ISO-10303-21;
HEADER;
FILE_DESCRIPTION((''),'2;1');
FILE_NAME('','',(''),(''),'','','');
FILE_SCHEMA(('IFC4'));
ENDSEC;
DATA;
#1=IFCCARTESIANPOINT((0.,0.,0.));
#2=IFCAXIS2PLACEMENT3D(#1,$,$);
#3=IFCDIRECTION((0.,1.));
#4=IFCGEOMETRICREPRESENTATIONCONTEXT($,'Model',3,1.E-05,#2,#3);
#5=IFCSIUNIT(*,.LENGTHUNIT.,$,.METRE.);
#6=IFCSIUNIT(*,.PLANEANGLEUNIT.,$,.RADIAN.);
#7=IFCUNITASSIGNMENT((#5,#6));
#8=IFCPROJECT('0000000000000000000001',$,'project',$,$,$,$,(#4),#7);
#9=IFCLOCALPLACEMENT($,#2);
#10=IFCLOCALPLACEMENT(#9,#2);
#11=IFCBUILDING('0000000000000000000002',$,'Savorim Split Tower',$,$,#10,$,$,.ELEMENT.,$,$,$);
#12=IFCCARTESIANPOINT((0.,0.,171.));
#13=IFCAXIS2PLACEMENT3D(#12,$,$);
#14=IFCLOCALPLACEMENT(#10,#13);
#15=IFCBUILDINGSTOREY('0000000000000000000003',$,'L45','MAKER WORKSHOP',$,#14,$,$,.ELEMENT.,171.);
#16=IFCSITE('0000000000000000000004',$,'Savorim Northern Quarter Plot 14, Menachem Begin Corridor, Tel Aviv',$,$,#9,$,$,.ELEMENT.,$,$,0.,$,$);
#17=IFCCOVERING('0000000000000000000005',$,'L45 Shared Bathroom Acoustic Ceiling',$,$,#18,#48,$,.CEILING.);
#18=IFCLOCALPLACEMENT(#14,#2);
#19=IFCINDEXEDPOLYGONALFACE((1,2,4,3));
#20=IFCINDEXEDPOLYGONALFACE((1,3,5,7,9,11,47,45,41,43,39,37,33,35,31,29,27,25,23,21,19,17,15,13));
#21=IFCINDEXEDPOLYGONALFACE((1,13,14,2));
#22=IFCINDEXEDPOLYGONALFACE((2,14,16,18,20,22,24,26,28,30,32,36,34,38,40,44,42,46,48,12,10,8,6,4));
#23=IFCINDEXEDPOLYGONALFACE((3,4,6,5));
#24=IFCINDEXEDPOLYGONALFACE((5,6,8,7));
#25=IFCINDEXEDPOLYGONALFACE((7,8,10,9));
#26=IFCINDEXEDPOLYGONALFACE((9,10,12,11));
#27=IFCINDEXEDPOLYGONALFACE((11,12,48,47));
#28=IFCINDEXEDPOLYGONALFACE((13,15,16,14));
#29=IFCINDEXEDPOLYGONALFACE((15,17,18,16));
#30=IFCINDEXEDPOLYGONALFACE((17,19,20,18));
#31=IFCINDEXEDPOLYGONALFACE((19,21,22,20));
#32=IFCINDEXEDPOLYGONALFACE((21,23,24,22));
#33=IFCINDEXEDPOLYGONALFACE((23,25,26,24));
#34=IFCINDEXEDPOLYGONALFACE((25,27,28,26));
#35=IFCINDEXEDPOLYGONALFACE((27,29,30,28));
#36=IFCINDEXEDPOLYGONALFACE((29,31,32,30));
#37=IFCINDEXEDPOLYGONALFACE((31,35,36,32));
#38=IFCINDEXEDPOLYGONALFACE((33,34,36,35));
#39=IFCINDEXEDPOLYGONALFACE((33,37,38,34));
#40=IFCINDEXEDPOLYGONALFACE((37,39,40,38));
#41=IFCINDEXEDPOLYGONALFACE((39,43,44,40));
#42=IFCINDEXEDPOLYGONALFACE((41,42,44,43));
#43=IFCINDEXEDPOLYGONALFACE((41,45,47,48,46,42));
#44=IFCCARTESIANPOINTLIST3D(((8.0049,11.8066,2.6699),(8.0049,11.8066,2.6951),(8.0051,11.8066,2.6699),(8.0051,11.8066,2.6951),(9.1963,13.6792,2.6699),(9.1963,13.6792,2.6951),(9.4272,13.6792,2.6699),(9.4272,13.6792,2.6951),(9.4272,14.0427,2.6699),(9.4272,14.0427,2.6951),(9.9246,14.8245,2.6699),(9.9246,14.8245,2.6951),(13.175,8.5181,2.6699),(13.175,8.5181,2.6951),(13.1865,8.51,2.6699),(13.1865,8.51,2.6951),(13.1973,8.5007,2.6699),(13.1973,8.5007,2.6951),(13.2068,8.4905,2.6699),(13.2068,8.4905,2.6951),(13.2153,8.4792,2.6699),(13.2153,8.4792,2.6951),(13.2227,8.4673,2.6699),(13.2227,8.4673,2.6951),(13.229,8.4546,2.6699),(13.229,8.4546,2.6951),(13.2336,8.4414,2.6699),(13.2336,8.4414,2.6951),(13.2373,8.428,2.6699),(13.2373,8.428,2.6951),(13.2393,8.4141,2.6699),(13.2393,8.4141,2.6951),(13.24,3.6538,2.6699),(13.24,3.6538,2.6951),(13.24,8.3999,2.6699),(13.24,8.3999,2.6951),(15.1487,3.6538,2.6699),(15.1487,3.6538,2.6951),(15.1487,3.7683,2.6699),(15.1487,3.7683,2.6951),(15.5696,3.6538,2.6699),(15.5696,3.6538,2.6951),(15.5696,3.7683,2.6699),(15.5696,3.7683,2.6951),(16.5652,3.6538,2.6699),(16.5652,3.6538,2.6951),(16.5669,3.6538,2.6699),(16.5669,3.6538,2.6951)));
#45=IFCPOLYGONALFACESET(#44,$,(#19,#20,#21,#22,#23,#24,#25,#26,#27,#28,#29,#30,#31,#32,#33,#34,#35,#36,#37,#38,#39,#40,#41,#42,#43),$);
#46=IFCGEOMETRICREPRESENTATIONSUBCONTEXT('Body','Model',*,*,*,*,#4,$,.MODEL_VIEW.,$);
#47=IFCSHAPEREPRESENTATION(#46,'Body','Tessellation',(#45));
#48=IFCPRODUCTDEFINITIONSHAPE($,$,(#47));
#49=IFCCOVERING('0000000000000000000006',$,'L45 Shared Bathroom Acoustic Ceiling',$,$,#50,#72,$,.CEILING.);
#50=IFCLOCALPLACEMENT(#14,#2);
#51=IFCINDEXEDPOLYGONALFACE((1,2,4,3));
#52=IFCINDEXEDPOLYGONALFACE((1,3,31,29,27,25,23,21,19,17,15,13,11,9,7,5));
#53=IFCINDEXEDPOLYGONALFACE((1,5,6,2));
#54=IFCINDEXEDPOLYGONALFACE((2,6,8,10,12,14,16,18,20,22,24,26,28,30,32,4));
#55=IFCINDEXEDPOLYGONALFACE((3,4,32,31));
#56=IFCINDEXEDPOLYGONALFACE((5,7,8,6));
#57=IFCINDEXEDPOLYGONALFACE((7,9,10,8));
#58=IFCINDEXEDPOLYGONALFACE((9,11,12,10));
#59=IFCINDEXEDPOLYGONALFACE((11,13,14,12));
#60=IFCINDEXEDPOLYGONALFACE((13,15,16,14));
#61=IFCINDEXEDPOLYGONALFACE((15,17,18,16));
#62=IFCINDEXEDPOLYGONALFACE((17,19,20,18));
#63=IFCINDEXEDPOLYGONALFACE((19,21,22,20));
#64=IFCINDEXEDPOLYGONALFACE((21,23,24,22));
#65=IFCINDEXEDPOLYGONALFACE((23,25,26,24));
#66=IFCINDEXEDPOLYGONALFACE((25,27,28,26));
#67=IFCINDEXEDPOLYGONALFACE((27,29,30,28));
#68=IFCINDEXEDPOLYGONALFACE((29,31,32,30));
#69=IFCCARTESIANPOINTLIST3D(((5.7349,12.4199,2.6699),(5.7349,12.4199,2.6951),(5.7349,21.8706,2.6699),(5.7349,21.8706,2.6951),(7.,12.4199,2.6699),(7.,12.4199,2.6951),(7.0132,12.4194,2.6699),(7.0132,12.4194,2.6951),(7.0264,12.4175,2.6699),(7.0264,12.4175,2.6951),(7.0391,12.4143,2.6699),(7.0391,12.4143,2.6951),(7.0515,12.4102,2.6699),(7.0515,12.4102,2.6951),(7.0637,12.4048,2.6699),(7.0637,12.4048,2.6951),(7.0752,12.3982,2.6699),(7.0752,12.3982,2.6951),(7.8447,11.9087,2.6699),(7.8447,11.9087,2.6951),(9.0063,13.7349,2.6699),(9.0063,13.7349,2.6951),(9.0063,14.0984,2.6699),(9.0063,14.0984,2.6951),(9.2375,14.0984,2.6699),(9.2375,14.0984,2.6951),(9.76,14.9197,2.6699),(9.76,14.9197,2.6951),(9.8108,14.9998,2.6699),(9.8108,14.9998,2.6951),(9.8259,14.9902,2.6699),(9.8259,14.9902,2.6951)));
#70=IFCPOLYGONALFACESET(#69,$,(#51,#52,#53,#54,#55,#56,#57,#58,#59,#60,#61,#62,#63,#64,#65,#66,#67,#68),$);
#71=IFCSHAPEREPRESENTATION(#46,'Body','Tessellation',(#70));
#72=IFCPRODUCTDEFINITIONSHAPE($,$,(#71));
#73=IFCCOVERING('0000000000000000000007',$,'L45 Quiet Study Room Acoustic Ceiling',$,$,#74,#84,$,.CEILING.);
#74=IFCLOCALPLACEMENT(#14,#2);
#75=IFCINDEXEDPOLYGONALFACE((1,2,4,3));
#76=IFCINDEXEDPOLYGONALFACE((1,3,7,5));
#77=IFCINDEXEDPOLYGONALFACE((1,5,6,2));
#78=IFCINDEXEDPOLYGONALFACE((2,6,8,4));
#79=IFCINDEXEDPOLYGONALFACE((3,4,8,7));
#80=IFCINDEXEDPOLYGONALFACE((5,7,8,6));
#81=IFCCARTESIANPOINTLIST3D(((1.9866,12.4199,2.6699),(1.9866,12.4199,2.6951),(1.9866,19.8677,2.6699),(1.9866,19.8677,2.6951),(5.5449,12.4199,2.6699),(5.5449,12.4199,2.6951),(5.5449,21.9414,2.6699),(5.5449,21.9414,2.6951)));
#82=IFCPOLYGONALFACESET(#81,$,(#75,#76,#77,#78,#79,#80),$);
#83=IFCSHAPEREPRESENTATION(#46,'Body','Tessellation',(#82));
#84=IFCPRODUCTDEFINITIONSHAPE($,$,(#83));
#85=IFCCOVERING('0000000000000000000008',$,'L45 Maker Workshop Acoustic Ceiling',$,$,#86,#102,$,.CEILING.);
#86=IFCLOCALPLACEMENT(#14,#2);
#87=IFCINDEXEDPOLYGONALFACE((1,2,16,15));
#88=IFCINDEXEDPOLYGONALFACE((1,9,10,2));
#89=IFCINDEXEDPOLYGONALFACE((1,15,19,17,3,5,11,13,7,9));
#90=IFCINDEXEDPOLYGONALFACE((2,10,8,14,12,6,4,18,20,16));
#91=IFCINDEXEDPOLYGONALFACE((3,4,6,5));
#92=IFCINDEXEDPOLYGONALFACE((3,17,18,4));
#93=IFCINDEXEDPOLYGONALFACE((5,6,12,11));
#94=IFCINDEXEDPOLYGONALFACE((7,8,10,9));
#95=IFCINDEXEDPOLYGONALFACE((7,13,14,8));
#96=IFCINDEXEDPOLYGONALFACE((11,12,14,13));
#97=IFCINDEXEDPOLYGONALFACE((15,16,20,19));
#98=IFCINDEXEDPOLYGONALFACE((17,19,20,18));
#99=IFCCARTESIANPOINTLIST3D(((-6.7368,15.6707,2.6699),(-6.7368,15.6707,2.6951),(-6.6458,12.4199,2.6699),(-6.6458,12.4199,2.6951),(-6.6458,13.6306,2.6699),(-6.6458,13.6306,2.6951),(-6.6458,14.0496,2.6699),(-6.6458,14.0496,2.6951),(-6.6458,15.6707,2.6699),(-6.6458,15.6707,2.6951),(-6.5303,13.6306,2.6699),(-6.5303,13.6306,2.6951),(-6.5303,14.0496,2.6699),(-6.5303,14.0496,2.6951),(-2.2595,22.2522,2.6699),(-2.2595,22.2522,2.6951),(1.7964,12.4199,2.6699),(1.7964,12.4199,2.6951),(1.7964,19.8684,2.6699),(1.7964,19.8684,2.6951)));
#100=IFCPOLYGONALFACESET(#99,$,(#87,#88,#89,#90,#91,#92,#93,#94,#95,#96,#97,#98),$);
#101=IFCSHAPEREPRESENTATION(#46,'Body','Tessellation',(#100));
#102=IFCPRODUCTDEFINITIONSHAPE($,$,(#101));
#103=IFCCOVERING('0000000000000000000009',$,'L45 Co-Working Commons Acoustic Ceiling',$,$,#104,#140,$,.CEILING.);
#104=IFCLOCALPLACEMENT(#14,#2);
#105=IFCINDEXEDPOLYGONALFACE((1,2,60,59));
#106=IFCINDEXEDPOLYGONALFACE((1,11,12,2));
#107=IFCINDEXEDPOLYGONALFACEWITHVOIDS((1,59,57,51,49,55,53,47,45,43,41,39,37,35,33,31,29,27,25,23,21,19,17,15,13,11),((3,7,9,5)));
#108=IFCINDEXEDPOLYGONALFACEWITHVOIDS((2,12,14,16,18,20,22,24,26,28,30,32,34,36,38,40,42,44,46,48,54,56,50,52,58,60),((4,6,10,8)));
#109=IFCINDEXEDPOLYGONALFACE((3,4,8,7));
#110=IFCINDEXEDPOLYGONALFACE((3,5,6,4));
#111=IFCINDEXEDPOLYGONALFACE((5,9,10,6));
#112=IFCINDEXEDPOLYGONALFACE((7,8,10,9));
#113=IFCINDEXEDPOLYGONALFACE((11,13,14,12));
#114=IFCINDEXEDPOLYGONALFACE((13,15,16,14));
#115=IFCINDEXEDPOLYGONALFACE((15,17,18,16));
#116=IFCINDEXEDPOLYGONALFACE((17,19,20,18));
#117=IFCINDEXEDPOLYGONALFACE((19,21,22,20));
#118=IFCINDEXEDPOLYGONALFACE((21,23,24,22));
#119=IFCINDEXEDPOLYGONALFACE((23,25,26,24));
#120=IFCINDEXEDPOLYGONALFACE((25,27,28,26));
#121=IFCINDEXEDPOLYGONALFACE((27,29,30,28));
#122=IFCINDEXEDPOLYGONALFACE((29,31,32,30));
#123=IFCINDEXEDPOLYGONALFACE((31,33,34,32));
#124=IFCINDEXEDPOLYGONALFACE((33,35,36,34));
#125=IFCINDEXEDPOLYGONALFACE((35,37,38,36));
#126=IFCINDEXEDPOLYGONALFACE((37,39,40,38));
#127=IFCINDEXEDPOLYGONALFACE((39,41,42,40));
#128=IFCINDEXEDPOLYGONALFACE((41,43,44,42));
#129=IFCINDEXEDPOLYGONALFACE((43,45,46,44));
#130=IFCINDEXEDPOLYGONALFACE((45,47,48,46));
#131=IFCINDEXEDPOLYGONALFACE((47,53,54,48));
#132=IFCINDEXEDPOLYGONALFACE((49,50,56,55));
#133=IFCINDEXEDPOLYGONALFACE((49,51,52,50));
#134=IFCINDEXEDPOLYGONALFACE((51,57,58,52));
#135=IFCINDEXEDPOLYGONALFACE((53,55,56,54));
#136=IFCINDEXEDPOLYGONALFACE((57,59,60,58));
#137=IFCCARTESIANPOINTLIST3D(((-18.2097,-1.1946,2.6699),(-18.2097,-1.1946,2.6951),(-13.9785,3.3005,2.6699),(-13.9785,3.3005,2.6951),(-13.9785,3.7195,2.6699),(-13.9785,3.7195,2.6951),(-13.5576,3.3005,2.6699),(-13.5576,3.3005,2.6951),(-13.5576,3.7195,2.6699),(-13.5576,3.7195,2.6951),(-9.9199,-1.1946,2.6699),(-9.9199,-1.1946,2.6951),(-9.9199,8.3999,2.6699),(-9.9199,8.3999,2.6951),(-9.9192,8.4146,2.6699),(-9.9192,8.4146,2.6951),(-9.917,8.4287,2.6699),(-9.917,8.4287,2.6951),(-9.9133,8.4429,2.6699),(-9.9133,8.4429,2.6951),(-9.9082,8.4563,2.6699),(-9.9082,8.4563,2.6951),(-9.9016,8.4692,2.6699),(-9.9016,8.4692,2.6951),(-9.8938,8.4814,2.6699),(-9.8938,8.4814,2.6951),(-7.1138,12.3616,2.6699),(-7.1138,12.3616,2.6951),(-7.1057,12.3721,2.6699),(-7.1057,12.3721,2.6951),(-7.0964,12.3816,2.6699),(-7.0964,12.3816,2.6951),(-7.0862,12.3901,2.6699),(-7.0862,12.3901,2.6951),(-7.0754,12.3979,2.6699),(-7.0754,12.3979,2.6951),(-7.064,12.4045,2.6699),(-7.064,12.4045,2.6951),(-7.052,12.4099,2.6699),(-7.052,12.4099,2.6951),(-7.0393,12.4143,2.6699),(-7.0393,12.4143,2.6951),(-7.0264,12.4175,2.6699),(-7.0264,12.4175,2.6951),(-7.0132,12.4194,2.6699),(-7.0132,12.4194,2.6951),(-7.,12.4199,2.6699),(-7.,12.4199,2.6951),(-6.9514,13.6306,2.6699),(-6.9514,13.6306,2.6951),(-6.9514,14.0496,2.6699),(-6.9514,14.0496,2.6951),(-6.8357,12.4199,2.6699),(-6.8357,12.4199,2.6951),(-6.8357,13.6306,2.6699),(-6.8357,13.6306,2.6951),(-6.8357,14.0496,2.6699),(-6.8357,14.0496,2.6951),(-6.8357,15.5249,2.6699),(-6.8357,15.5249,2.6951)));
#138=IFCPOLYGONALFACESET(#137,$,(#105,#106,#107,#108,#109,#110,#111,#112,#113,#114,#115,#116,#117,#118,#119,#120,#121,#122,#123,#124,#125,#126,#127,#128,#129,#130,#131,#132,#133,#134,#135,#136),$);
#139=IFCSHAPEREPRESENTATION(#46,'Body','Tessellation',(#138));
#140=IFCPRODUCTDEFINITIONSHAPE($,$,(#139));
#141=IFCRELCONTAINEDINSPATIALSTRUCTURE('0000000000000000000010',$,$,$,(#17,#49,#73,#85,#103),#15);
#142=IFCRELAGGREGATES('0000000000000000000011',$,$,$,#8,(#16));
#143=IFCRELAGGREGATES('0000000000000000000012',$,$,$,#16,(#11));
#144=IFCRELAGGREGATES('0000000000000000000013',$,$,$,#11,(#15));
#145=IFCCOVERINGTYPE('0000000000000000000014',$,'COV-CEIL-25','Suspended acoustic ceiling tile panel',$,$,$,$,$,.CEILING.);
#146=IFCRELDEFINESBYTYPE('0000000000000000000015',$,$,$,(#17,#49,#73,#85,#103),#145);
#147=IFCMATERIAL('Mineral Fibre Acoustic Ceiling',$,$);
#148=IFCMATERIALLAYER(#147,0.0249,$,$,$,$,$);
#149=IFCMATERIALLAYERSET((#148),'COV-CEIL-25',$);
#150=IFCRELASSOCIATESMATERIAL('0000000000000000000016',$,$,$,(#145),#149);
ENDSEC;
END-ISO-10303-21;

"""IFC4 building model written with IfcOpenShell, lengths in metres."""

from ifc_helpers import new_model, si_unit, direction, frame, origin, place, context, subcontext, project, spatial, polyline, outline, extrude, material, layer, layer_set, type_object, element, save


model = new_model("IFC4")

# Units and contexts
model_context = context("Model", 3, precision=1e-05, world=origin(), true_north=direction((0.0, 1.0)))
body_context = subcontext(model_context, "Body", "Model", "MODEL_VIEW")
ifc_project = project(units=[si_unit("LENGTHUNIT", "METRE"), si_unit("PLANEANGLEUNIT", "RADIAN")], contexts=[model_context])

# Site, building, storey
site_placement = place(None, origin())
site = spatial("IfcSite", under=ifc_project, at=site_placement, Name="Savorim Northern Quarter Plot 14, Menachem Begin Corridor, Tel Aviv", CompositionType="ELEMENT", RefElevation=0.0)
building_placement = place(site_placement, origin())
building = spatial("IfcBuilding", under=site, at=building_placement, Name="Savorim Split Tower", CompositionType="ELEMENT")
storey_placement = place(building_placement, frame((0.0, 0.0, 171.0)))
storey = spatial("IfcBuildingStorey", under=building, at=storey_placement, Name="L45", Description="MAKER WORKSHOP", CompositionType="ELEMENT", Elevation=171.0)

# Coverings
ifc_material_1 = material(Name="Mineral Fibre Acoustic Ceiling")
ifc_layer_1 = layer(ifc_material_1, 0.0249)
ifc_layer_set_1 = layer_set([ifc_layer_1], Name="COV-CEIL-25")
covering_type_1 = type_object("IfcCoveringType", Name="COV-CEIL-25", Description="Suspended acoustic ceiling tile panel", PredefinedType="CEILING", material=ifc_layer_set_1)
covering_1_placement = place(storey_placement, frame((0.0, 0.0, 2.6699)))
element("IfcCovering", 1, at=covering_1_placement, inside=storey, type_object=covering_type_1, Name="L45 Shared Bathroom Acoustic Ceiling", PredefinedType="CEILING", context=body_context, shape_type="SweptSolid", body=[
    extrude(outline(polyline([(15.5696, 3.7683), (15.5696, 3.6538), (16.5652, 3.6538), (16.5669, 3.6538), (9.9246, 14.8245), (9.4272, 14.0427), (9.4272, 13.6792), (9.1963, 13.6792), (8.0051, 11.8066), (8.0049, 11.8066), (13.175, 8.5181), (13.1865, 8.51), (13.1973, 8.5007), (13.2068, 8.4905), (13.2153, 8.4792), (13.2227, 8.4673), (13.229, 8.4546), (13.2336, 8.4414), (13.2373, 8.428), (13.2393, 8.4141), (13.24, 8.3999), (13.24, 3.6538), (15.1487, 3.6538), (15.1487, 3.7683), (15.5696, 3.7683)])), origin(), (0.0, 0.0, 1.0), 0.0251),
])
covering_2_placement = place(storey_placement, frame((0.0, 0.0, 2.6699)))
element("IfcCovering", 2, at=covering_2_placement, inside=storey, type_object=covering_type_1, Name="L45 Shared Bathroom Acoustic Ceiling", PredefinedType="CEILING", context=body_context, shape_type="SweptSolid", body=[
    extrude(outline(polyline([(9.76, 14.9197), (9.8108, 14.9998), (9.8259, 14.9902), (5.7349, 21.8706), (5.7349, 12.4199), (7.0, 12.4199), (7.0132, 12.4194), (7.0264, 12.4175), (7.0391, 12.4143), (7.0515, 12.4102), (7.0637, 12.4048), (7.0752, 12.3982), (7.8447, 11.9087), (9.0063, 13.7349), (9.0063, 14.0984), (9.2375, 14.0984), (9.76, 14.9197)])), origin(), (0.0, 0.0, 1.0), 0.0251),
])
covering_3_placement = place(storey_placement, frame((0.0, 0.0, 2.6699)))
element("IfcCovering", 3, at=covering_3_placement, inside=storey, type_object=covering_type_1, Name="L45 Quiet Study Room Acoustic Ceiling", PredefinedType="CEILING", context=body_context, shape_type="SweptSolid", body=[
    extrude(outline(polyline([(1.9866, 12.4199), (5.5449, 12.4199), (5.5449, 21.9414), (1.9866, 19.8677), (1.9866, 12.4199)])), origin(), (0.0, 0.0, 1.0), 0.0251),
])
covering_4_placement = place(storey_placement, frame((0.0, 0.0, 2.6699)))
element("IfcCovering", 4, at=covering_4_placement, inside=storey, type_object=covering_type_1, Name="L45 Maker Workshop Acoustic Ceiling", PredefinedType="CEILING", context=body_context, shape_type="SweptSolid", body=[
    extrude(outline(polyline([(-6.6458, 12.4199), (1.7964, 12.4199), (1.7964, 19.8684), (-2.2595, 22.2522), (-6.7368, 15.6707), (-6.6458, 15.6707), (-6.6458, 14.0496), (-6.5303, 14.0496), (-6.5303, 13.6306), (-6.6458, 13.6306), (-6.6458, 12.4199)])), origin(), (0.0, 0.0, 1.0), 0.0251),
])
covering_5_placement = place(storey_placement, frame((0.0, 0.0, 2.6699)))
element("IfcCovering", 5, at=covering_5_placement, inside=storey, type_object=covering_type_1, Name="L45 Co-Working Commons Acoustic Ceiling", PredefinedType="CEILING", context=body_context, shape_type="SweptSolid", body=[
    extrude(outline(polyline([(-6.9514, 14.0496), (-6.8357, 14.0496), (-6.8357, 15.5249), (-18.2097, -1.1946), (-9.9199, -1.1946), (-9.9199, 8.3999), (-9.9192, 8.4146), (-9.917, 8.4287), (-9.9133, 8.4429), (-9.9082, 8.4563), (-9.9016, 8.4692), (-9.8938, 8.4814), (-7.1138, 12.3616), (-7.1057, 12.3721), (-7.0964, 12.3816), (-7.0862, 12.3901), (-7.0754, 12.3979), (-7.064, 12.4045), (-7.052, 12.4099), (-7.0393, 12.4143), (-7.0264, 12.4175), (-7.0132, 12.4194), (-7.0, 12.4199), (-6.8357, 12.4199), (-6.8357, 13.6306), (-6.9514, 13.6306), (-6.9514, 14.0496)]), holes=[polyline([(-13.9785, 3.7195), (-13.9785, 3.3005), (-13.5576, 3.3005), (-13.5576, 3.7195), (-13.9785, 3.7195)])]), origin(), (0.0, 0.0, 1.0), 0.0251),
])

save(model, "model.ifc")
